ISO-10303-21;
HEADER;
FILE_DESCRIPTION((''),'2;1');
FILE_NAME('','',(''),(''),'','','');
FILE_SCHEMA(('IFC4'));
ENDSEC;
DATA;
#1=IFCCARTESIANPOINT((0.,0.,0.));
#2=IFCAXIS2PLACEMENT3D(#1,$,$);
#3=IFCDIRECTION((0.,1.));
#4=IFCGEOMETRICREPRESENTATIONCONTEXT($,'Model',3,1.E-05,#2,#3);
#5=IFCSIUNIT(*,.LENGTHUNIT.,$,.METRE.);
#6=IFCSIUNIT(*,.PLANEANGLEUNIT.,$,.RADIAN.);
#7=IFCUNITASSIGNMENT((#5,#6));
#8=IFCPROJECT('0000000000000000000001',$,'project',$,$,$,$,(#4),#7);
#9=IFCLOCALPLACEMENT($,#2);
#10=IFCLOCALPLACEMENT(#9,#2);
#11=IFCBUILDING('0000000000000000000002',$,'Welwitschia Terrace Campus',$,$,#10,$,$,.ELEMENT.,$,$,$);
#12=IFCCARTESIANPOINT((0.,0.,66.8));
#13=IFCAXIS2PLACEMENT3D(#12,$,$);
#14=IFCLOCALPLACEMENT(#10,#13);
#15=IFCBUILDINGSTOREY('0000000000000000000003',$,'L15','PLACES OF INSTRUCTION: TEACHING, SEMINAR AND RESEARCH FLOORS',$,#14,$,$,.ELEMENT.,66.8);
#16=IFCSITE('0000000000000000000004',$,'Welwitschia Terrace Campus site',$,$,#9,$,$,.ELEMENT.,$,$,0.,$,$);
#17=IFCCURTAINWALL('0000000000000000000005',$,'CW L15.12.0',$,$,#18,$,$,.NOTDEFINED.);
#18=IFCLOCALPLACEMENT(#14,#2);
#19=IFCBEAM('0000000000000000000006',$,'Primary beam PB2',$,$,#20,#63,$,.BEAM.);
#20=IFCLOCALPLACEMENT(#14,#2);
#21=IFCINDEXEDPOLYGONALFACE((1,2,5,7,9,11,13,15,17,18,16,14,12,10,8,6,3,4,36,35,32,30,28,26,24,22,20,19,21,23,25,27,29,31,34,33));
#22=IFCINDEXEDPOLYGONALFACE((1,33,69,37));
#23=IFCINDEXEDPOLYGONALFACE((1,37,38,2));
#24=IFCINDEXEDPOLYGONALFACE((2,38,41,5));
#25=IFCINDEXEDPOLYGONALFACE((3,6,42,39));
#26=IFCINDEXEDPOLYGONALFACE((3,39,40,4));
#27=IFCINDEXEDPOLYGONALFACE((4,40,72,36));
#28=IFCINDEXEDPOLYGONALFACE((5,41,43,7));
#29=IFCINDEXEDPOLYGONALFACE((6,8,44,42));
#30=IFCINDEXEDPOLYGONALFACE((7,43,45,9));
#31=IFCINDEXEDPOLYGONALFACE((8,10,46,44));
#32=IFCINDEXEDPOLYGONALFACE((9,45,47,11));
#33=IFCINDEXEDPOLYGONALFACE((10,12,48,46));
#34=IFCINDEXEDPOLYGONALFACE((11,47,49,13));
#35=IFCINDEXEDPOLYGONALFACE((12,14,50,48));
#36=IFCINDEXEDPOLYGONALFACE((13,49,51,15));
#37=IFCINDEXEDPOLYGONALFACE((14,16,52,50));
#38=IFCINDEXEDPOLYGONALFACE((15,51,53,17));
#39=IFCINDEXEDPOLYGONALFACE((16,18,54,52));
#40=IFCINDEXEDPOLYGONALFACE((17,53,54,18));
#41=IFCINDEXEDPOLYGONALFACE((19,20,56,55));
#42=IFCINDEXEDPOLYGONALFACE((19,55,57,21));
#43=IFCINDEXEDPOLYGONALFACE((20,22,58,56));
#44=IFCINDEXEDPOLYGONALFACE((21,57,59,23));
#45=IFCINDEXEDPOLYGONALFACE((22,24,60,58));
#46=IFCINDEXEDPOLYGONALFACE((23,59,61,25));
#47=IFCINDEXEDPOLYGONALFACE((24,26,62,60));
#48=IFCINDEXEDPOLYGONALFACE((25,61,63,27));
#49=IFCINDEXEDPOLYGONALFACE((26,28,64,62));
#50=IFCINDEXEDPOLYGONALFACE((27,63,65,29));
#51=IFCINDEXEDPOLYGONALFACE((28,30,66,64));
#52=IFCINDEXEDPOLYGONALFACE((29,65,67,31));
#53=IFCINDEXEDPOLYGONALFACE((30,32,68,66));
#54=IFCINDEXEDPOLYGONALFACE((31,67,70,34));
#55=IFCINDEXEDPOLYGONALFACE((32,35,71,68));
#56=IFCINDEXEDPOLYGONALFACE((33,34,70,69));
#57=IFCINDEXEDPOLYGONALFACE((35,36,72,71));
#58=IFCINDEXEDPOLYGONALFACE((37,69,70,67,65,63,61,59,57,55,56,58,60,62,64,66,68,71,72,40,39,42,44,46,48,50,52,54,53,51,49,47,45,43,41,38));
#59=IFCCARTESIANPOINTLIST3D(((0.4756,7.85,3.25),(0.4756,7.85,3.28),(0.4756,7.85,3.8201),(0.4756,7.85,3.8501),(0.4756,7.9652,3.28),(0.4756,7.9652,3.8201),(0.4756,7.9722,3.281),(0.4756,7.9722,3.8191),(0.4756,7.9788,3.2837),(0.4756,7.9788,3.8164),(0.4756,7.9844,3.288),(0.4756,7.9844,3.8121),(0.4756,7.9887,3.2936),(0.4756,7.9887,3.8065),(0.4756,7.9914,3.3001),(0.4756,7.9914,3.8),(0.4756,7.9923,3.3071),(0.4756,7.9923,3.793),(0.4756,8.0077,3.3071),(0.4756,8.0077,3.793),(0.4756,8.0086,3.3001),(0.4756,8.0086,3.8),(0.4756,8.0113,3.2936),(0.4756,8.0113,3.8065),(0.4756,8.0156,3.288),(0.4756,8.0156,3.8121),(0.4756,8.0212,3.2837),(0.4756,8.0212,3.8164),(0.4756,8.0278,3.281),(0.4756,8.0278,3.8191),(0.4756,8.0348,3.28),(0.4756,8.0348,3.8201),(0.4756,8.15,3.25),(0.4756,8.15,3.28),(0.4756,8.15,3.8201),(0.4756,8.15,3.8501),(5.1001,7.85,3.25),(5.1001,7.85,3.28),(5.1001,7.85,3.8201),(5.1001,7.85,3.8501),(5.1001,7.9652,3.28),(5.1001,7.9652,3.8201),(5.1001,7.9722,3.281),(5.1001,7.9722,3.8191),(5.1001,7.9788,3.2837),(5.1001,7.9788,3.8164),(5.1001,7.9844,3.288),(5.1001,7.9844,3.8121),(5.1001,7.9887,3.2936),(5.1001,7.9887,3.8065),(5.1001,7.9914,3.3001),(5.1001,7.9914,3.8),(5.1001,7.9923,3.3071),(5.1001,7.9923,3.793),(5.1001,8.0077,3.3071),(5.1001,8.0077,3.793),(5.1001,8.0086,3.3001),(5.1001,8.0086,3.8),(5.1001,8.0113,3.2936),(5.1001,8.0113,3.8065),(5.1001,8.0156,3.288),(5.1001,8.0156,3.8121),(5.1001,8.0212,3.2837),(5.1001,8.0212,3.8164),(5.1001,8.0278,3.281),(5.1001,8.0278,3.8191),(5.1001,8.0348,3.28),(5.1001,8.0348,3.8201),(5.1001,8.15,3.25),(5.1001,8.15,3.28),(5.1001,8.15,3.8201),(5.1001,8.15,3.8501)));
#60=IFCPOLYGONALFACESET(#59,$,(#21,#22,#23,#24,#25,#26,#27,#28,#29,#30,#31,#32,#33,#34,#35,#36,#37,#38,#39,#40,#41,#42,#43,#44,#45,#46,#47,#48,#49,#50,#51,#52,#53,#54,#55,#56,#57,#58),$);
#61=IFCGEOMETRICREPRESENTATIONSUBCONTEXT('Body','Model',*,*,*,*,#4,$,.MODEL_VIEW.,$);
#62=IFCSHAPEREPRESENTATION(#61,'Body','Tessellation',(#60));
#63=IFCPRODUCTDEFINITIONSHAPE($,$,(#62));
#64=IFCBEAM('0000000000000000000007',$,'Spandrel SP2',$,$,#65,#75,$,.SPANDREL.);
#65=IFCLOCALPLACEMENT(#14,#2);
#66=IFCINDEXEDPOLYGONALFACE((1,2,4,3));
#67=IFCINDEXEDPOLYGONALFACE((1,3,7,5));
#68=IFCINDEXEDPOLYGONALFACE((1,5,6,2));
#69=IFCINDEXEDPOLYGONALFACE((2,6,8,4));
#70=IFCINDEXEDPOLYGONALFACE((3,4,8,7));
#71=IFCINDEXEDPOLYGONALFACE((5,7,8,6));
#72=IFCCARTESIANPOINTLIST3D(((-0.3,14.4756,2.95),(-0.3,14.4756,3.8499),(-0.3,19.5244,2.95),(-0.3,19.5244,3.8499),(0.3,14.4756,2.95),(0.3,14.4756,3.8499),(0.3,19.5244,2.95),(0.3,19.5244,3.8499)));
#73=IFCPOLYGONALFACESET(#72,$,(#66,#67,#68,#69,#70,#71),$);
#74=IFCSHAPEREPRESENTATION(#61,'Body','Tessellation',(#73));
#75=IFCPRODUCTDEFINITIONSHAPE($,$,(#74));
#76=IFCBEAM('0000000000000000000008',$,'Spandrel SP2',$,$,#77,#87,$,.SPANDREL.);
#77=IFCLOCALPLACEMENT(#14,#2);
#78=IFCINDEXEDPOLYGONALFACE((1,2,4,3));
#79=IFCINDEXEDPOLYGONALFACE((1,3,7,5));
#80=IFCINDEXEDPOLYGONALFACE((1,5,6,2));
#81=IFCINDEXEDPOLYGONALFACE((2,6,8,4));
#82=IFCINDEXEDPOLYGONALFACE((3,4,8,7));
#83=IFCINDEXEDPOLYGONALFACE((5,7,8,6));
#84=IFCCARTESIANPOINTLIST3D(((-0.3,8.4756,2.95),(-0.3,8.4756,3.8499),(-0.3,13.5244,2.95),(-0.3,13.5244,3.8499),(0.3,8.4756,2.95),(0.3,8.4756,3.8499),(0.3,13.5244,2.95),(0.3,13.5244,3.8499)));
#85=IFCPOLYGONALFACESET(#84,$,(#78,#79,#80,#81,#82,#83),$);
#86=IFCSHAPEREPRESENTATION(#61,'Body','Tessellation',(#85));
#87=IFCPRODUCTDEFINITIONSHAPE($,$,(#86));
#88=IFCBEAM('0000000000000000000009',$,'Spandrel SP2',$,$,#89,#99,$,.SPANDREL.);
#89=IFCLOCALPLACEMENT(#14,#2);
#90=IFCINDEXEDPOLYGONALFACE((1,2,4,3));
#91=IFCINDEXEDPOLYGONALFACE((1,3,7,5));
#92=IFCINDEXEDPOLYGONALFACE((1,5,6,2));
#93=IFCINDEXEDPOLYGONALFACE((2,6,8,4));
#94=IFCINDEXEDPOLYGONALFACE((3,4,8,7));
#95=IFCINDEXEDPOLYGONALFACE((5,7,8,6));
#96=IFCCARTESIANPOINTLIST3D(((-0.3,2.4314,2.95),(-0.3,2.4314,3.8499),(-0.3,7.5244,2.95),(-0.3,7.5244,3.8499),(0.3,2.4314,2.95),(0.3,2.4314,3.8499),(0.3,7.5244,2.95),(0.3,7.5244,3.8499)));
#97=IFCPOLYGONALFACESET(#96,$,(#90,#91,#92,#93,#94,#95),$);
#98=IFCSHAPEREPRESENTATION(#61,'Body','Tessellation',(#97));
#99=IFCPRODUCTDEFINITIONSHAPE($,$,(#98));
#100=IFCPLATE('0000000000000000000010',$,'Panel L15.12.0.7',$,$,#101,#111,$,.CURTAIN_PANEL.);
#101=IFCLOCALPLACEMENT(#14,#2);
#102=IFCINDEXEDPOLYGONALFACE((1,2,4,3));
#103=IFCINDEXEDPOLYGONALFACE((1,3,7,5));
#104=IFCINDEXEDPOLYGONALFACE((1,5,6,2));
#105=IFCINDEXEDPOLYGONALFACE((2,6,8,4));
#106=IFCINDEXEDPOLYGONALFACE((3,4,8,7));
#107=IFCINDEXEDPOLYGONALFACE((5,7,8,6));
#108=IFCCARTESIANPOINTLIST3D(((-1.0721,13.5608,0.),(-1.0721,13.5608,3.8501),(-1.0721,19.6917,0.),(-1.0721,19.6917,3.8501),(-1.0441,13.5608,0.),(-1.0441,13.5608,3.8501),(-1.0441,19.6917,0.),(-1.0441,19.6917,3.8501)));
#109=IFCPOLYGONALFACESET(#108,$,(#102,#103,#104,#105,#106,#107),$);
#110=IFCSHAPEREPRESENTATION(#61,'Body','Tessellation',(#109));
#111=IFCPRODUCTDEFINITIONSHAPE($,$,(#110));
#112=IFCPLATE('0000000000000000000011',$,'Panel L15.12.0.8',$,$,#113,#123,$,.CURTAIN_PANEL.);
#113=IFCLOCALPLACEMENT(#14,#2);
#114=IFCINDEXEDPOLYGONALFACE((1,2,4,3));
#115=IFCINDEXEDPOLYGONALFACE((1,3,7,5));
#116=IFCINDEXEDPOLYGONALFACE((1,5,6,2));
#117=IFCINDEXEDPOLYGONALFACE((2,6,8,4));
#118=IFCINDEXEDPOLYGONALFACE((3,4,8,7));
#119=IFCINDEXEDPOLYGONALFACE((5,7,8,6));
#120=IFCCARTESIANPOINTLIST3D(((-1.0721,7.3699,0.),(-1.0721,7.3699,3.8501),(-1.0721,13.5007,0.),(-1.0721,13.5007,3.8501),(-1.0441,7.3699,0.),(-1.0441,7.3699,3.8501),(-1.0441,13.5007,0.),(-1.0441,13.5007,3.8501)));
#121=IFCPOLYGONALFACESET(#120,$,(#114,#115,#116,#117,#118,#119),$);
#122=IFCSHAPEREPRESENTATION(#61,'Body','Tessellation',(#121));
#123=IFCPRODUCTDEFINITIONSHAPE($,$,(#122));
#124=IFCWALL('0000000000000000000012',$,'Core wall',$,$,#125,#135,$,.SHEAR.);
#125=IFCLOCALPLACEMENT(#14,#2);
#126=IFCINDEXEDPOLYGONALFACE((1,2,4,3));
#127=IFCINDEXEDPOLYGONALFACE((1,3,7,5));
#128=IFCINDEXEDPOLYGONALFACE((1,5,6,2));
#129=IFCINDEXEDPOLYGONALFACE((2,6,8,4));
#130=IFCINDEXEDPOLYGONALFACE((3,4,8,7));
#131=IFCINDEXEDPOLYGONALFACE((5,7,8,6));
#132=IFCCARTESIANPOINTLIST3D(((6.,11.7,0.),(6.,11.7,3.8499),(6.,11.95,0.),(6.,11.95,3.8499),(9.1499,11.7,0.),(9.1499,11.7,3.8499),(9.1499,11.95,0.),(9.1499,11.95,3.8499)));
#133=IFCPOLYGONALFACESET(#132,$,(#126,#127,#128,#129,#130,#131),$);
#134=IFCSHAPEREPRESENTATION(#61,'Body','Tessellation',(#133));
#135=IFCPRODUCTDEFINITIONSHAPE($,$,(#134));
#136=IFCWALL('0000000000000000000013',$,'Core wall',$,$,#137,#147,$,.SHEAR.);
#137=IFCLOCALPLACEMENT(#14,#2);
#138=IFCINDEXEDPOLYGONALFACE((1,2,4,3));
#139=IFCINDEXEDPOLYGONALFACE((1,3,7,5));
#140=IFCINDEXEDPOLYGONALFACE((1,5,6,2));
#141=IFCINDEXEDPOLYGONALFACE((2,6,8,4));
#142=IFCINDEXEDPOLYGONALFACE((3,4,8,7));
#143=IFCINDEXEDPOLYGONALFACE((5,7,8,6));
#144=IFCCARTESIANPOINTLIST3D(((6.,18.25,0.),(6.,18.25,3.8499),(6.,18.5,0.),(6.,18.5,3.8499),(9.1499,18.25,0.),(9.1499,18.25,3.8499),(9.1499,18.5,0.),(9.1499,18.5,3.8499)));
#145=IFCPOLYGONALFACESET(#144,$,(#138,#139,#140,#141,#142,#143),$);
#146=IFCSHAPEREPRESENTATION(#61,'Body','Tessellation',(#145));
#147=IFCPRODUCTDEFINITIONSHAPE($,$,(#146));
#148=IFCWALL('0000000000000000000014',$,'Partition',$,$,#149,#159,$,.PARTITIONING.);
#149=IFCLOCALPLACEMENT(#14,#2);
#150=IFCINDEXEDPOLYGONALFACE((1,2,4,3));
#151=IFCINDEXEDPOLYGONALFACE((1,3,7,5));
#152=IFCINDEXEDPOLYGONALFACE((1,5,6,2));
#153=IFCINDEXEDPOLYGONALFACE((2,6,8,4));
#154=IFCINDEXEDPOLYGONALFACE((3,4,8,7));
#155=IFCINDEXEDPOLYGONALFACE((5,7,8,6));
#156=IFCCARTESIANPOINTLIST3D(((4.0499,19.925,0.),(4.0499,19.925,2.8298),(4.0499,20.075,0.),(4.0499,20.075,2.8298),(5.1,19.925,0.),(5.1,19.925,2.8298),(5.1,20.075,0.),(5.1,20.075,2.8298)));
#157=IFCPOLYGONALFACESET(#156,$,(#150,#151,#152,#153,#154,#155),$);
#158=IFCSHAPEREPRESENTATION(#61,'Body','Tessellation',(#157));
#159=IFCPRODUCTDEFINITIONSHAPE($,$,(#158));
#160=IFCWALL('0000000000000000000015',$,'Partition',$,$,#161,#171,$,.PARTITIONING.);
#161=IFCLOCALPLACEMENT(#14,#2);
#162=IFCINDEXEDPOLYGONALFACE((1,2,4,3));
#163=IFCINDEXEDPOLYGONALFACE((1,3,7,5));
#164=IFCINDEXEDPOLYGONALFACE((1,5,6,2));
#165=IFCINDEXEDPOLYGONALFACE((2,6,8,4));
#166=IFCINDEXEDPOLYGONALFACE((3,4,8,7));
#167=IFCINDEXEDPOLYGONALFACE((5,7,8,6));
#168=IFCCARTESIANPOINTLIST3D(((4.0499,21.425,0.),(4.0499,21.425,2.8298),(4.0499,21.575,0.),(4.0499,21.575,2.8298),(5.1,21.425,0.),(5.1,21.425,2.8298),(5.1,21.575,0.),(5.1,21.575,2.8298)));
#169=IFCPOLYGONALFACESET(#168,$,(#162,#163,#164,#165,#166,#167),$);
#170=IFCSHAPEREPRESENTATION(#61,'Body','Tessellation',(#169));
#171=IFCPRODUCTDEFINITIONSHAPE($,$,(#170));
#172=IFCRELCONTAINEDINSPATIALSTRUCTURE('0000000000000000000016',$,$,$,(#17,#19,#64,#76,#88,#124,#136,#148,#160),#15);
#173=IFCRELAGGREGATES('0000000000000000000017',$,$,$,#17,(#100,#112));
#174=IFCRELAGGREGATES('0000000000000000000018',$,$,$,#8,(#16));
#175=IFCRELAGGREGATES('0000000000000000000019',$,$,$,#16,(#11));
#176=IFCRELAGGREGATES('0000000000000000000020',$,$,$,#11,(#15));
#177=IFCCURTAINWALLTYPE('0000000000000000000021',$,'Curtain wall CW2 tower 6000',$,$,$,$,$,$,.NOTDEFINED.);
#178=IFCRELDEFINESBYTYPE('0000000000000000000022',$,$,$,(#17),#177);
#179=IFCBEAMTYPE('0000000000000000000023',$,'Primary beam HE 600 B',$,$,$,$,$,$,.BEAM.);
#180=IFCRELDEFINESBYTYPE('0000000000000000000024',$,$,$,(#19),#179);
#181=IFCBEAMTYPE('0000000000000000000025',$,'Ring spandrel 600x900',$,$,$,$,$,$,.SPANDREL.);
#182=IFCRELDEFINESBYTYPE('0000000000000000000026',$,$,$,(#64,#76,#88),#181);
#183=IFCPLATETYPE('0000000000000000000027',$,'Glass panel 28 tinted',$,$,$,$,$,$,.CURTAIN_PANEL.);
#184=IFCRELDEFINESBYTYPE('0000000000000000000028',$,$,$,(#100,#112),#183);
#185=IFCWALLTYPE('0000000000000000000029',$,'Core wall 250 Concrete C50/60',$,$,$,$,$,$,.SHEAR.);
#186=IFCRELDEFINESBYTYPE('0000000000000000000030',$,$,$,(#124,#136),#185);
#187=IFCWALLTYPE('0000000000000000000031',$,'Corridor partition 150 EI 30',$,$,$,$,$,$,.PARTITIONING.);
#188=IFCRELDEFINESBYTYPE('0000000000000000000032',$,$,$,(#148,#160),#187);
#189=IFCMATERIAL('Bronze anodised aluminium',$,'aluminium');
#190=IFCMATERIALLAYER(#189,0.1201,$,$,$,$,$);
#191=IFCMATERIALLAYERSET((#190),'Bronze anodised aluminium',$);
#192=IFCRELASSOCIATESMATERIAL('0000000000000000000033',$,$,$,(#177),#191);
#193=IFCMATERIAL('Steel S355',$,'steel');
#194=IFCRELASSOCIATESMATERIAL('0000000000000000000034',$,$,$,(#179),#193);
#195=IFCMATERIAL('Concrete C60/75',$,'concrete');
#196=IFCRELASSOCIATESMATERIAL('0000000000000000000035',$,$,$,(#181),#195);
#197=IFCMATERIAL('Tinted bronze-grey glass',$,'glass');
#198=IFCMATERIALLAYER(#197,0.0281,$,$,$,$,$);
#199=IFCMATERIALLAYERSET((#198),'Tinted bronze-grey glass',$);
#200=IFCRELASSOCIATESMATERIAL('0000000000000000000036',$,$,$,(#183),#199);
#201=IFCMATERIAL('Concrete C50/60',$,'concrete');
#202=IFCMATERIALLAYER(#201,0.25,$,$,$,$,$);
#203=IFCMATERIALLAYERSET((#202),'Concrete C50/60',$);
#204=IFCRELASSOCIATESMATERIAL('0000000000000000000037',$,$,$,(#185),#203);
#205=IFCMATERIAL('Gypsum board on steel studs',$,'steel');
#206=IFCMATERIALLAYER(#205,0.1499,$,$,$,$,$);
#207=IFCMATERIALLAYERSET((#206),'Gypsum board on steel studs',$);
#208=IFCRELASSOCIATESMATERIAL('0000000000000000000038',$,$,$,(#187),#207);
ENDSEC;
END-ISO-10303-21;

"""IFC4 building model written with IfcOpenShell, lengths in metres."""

from ifc_helpers import new_model, si_unit, direction, frame, frame_2d, origin, origin_2d, place, context, subcontext, project, spatial, rectangle, i_section, extrude, material, layer, layer_set, material_profile, profile_set, type_object, element, aggregate, save


model = new_model("IFC4")

# Units and contexts
model_context = context("Model", 3, precision=1e-05, world=origin(), true_north=direction((0.0, 1.0)))
body_context = subcontext(model_context, "Body", "Model", "MODEL_VIEW")
ifc_project = project(units=[si_unit("LENGTHUNIT", "METRE"), si_unit("PLANEANGLEUNIT", "RADIAN")], contexts=[model_context])

# Site, building, storey
site_placement = place(None, origin())
site = spatial("IfcSite", under=ifc_project, at=site_placement, Name="Welwitschia Terrace Campus site", CompositionType="ELEMENT", RefElevation=0.0)
building_placement = place(site_placement, origin())
building = spatial("IfcBuilding", under=site, at=building_placement, Name="Welwitschia Terrace Campus", CompositionType="ELEMENT")
storey_placement = place(building_placement, frame((0.0, 0.0, 66.8)))
storey = spatial("IfcBuildingStorey", under=building, at=storey_placement, Name="L15", Description="PLACES OF INSTRUCTION: TEACHING, SEMINAR AND RESEARCH FLOORS", CompositionType="ELEMENT", Elevation=66.8)

# Curtain wall
ifc_material_1 = material(Name="Bronze anodised aluminium", Category="aluminium")
ifc_layer_1 = layer(ifc_material_1, 0.1201)
ifc_layer_set_1 = layer_set([ifc_layer_1], Name="Bronze anodised aluminium")
curtain_wall_type = type_object("IfcCurtainWallType", Name="Curtain wall CW2 tower 6000", PredefinedType="NOTDEFINED", material=ifc_layer_set_1)
curtain_wall_placement = place(storey_placement, origin())
curtain_wall = element("IfcCurtainWall", 1, at=curtain_wall_placement, inside=storey, type_object=curtain_wall_type, Name="CW L15.12.0", PredefinedType="NOTDEFINED")

# Beams
ifc_material_2 = material(Name="Steel S355", Category="steel")
ifc_material_profile_1 = material_profile(ifc_material_2, i_section(OverallWidth=0.3, OverallDepth=0.6001, WebThickness=0.0154, FlangeThickness=0.03, FilletRadius=0.0271, at=origin_2d()))
ifc_profile_set_1 = profile_set([ifc_material_profile_1], Name="Steel S355")
beam_type_1 = type_object("IfcBeamType", Name="Primary beam HE 600 B", PredefinedType="BEAM", material=ifc_profile_set_1)
for number, where, z_axis, x_axis, name in (
    (2, (0.4756, 8.0, 3.55), (1.0, 0.0, 0.0), (0.0, 1.0, 0.0), "Primary beam PB2"),
):
    element("IfcBeam", number, at=place(storey_placement, frame(where, z_axis=z_axis, x_axis=x_axis)), inside=storey, type_object=beam_type_1, Name=name, PredefinedType="BEAM", context=body_context, shape_type="SweptSolid", body=[
        extrude(i_section(OverallWidth=0.3, OverallDepth=0.6001, WebThickness=0.0154, FlangeThickness=0.03, FilletRadius=0.0271, at=origin_2d()), origin(), (0.0, 0.0, 1.0), 4.6245),
    ])
ifc_material_3 = material(Name="Concrete C60/75", Category="concrete")
ifc_material_profile_2 = material_profile(ifc_material_3, rectangle(XDim=0.6001, YDim=0.8999, at=origin_2d()))
ifc_profile_set_2 = profile_set([ifc_material_profile_2], Name="Concrete C60/75")
beam_type_2 = type_object("IfcBeamType", Name="Ring spandrel 600x900", PredefinedType="SPANDREL", material=ifc_profile_set_2)
for number, where, z_axis, x_axis, name in (
    (3, (0.0, 19.5244, 3.3999), (0.0, -1.0, 0.0), (1.0, 0.0, 0.0), "Spandrel SP2"),
    (4, (0.0, 13.5244, 3.3999), (0.0, -1.0, 0.0), (1.0, 0.0, 0.0), "Spandrel SP2"),
):
    element("IfcBeam", number, at=place(storey_placement, frame(where, z_axis=z_axis, x_axis=x_axis)), inside=storey, type_object=beam_type_2, Name=name, PredefinedType="SPANDREL", context=body_context, shape_type="SweptSolid", body=[
        extrude(rectangle(XDim=0.6001, YDim=0.8999, at=origin_2d()), origin(), (0.0, 0.0, 1.0), 5.0488),
    ])
beam_1_placement = place(storey_placement, frame((0.0, 7.5244, 3.3999), z_axis=(0.0, -1.0, 0.0), x_axis=(1.0, 0.0, 0.0)))
element("IfcBeam", 5, at=beam_1_placement, inside=storey, type_object=beam_type_2, Name="Spandrel SP2", PredefinedType="SPANDREL", context=body_context, shape_type="SweptSolid", body=[
    extrude(rectangle(XDim=0.6001, YDim=0.8999, at=origin_2d()), origin(), (0.0, 0.0, 1.0), 5.093),
])

# Plates
ifc_material_4 = material(Name="Tinted bronze-grey glass", Category="glass")
ifc_layer_2 = layer(ifc_material_4, 0.0281)
ifc_layer_set_2 = layer_set([ifc_layer_2], Name="Tinted bronze-grey glass")
plate_type = type_object("IfcPlateType", Name="Glass panel 28 tinted", PredefinedType="CURTAIN_PANEL", material=ifc_layer_set_2)
plate_1_placement = place(storey_placement, frame((-1.0581, 16.6262, 0.0), z_axis=(0.0, 0.0, 1.0), x_axis=(0.0, -1.0, 0.0)))
plate_1 = element("IfcPlate", 6, at=plate_1_placement, type_object=plate_type, Name="Panel L15.12.0.7", PredefinedType="CURTAIN_PANEL", context=body_context, shape_type="SweptSolid", body=[
    extrude(rectangle(XDim=6.1309, YDim=0.0281, at=origin_2d()), origin(), (0.0, 0.0, 1.0), 3.8501),
])
plate_2_placement = place(storey_placement, frame((-1.0581, 10.4353, 0.0), z_axis=(0.0, 0.0, 1.0), x_axis=(0.0, -1.0, 0.0)))
plate_2 = element("IfcPlate", 7, at=plate_2_placement, type_object=plate_type, Name="Panel L15.12.0.8", PredefinedType="CURTAIN_PANEL", context=body_context, shape_type="SweptSolid", body=[
    extrude(rectangle(XDim=6.1309, YDim=0.0281, at=origin_2d()), origin(), (0.0, 0.0, 1.0), 3.8501),
])
aggregate(curtain_wall, [plate_1, plate_2])

# Walls
ifc_material_5 = material(Name="Concrete C50/60", Category="concrete")
ifc_layer_3 = layer(ifc_material_5, 0.25)
ifc_layer_set_3 = layer_set([ifc_layer_3], Name="Concrete C50/60")
wall_type_1 = type_object("IfcWallType", Name="Core wall 250 Concrete C50/60", PredefinedType="SHEAR", material=ifc_layer_set_3)
for number, where, z_axis, x_axis, name in (
    (8, (6.0, 11.825, 0.0), (0.0, 0.0, 1.0), (1.0, 0.0, 0.0), "Core wall"),
    (9, (6.0, 18.375, 0.0), (0.0, 0.0, 1.0), (1.0, 0.0, 0.0), "Core wall"),
):
    element("IfcWall", number, at=place(storey_placement, frame(where, z_axis=z_axis, x_axis=x_axis)), inside=storey, type_object=wall_type_1, Name=name, PredefinedType="SHEAR", context=body_context, shape_type="SweptSolid", body=[
        extrude(rectangle(XDim=3.1499, YDim=0.25, at=frame_2d((1.575, 0.0))), origin(), (0.0, 0.0, 1.0), 3.8499),
    ])
ifc_material_6 = material(Name="Gypsum board on steel studs", Category="steel")
ifc_layer_4 = layer(ifc_material_6, 0.1499)
ifc_layer_set_4 = layer_set([ifc_layer_4], Name="Gypsum board on steel studs")
wall_type_2 = type_object("IfcWallType", Name="Corridor partition 150 EI 30", PredefinedType="PARTITIONING", material=ifc_layer_set_4)
for number, where, z_axis, x_axis, name in (
    (10, (4.05, 20.0, 0.0), (0.0, 0.0, 1.0), (1.0, 0.0, 0.0), "Partition"),
    (11, (4.05, 21.5, 0.0), (0.0, 0.0, 1.0), (1.0, 0.0, 0.0), "Partition"),
):
    element("IfcWall", number, at=place(storey_placement, frame(where, z_axis=z_axis, x_axis=x_axis)), inside=storey, type_object=wall_type_2, Name=name, PredefinedType="PARTITIONING", context=body_context, shape_type="SweptSolid", body=[
        extrude(rectangle(XDim=1.05, YDim=0.1499, at=frame_2d((0.5249, 0.0))), origin(), (0.0, 0.0, 1.0), 2.8298),
    ])

save(model, "model.ifc")
